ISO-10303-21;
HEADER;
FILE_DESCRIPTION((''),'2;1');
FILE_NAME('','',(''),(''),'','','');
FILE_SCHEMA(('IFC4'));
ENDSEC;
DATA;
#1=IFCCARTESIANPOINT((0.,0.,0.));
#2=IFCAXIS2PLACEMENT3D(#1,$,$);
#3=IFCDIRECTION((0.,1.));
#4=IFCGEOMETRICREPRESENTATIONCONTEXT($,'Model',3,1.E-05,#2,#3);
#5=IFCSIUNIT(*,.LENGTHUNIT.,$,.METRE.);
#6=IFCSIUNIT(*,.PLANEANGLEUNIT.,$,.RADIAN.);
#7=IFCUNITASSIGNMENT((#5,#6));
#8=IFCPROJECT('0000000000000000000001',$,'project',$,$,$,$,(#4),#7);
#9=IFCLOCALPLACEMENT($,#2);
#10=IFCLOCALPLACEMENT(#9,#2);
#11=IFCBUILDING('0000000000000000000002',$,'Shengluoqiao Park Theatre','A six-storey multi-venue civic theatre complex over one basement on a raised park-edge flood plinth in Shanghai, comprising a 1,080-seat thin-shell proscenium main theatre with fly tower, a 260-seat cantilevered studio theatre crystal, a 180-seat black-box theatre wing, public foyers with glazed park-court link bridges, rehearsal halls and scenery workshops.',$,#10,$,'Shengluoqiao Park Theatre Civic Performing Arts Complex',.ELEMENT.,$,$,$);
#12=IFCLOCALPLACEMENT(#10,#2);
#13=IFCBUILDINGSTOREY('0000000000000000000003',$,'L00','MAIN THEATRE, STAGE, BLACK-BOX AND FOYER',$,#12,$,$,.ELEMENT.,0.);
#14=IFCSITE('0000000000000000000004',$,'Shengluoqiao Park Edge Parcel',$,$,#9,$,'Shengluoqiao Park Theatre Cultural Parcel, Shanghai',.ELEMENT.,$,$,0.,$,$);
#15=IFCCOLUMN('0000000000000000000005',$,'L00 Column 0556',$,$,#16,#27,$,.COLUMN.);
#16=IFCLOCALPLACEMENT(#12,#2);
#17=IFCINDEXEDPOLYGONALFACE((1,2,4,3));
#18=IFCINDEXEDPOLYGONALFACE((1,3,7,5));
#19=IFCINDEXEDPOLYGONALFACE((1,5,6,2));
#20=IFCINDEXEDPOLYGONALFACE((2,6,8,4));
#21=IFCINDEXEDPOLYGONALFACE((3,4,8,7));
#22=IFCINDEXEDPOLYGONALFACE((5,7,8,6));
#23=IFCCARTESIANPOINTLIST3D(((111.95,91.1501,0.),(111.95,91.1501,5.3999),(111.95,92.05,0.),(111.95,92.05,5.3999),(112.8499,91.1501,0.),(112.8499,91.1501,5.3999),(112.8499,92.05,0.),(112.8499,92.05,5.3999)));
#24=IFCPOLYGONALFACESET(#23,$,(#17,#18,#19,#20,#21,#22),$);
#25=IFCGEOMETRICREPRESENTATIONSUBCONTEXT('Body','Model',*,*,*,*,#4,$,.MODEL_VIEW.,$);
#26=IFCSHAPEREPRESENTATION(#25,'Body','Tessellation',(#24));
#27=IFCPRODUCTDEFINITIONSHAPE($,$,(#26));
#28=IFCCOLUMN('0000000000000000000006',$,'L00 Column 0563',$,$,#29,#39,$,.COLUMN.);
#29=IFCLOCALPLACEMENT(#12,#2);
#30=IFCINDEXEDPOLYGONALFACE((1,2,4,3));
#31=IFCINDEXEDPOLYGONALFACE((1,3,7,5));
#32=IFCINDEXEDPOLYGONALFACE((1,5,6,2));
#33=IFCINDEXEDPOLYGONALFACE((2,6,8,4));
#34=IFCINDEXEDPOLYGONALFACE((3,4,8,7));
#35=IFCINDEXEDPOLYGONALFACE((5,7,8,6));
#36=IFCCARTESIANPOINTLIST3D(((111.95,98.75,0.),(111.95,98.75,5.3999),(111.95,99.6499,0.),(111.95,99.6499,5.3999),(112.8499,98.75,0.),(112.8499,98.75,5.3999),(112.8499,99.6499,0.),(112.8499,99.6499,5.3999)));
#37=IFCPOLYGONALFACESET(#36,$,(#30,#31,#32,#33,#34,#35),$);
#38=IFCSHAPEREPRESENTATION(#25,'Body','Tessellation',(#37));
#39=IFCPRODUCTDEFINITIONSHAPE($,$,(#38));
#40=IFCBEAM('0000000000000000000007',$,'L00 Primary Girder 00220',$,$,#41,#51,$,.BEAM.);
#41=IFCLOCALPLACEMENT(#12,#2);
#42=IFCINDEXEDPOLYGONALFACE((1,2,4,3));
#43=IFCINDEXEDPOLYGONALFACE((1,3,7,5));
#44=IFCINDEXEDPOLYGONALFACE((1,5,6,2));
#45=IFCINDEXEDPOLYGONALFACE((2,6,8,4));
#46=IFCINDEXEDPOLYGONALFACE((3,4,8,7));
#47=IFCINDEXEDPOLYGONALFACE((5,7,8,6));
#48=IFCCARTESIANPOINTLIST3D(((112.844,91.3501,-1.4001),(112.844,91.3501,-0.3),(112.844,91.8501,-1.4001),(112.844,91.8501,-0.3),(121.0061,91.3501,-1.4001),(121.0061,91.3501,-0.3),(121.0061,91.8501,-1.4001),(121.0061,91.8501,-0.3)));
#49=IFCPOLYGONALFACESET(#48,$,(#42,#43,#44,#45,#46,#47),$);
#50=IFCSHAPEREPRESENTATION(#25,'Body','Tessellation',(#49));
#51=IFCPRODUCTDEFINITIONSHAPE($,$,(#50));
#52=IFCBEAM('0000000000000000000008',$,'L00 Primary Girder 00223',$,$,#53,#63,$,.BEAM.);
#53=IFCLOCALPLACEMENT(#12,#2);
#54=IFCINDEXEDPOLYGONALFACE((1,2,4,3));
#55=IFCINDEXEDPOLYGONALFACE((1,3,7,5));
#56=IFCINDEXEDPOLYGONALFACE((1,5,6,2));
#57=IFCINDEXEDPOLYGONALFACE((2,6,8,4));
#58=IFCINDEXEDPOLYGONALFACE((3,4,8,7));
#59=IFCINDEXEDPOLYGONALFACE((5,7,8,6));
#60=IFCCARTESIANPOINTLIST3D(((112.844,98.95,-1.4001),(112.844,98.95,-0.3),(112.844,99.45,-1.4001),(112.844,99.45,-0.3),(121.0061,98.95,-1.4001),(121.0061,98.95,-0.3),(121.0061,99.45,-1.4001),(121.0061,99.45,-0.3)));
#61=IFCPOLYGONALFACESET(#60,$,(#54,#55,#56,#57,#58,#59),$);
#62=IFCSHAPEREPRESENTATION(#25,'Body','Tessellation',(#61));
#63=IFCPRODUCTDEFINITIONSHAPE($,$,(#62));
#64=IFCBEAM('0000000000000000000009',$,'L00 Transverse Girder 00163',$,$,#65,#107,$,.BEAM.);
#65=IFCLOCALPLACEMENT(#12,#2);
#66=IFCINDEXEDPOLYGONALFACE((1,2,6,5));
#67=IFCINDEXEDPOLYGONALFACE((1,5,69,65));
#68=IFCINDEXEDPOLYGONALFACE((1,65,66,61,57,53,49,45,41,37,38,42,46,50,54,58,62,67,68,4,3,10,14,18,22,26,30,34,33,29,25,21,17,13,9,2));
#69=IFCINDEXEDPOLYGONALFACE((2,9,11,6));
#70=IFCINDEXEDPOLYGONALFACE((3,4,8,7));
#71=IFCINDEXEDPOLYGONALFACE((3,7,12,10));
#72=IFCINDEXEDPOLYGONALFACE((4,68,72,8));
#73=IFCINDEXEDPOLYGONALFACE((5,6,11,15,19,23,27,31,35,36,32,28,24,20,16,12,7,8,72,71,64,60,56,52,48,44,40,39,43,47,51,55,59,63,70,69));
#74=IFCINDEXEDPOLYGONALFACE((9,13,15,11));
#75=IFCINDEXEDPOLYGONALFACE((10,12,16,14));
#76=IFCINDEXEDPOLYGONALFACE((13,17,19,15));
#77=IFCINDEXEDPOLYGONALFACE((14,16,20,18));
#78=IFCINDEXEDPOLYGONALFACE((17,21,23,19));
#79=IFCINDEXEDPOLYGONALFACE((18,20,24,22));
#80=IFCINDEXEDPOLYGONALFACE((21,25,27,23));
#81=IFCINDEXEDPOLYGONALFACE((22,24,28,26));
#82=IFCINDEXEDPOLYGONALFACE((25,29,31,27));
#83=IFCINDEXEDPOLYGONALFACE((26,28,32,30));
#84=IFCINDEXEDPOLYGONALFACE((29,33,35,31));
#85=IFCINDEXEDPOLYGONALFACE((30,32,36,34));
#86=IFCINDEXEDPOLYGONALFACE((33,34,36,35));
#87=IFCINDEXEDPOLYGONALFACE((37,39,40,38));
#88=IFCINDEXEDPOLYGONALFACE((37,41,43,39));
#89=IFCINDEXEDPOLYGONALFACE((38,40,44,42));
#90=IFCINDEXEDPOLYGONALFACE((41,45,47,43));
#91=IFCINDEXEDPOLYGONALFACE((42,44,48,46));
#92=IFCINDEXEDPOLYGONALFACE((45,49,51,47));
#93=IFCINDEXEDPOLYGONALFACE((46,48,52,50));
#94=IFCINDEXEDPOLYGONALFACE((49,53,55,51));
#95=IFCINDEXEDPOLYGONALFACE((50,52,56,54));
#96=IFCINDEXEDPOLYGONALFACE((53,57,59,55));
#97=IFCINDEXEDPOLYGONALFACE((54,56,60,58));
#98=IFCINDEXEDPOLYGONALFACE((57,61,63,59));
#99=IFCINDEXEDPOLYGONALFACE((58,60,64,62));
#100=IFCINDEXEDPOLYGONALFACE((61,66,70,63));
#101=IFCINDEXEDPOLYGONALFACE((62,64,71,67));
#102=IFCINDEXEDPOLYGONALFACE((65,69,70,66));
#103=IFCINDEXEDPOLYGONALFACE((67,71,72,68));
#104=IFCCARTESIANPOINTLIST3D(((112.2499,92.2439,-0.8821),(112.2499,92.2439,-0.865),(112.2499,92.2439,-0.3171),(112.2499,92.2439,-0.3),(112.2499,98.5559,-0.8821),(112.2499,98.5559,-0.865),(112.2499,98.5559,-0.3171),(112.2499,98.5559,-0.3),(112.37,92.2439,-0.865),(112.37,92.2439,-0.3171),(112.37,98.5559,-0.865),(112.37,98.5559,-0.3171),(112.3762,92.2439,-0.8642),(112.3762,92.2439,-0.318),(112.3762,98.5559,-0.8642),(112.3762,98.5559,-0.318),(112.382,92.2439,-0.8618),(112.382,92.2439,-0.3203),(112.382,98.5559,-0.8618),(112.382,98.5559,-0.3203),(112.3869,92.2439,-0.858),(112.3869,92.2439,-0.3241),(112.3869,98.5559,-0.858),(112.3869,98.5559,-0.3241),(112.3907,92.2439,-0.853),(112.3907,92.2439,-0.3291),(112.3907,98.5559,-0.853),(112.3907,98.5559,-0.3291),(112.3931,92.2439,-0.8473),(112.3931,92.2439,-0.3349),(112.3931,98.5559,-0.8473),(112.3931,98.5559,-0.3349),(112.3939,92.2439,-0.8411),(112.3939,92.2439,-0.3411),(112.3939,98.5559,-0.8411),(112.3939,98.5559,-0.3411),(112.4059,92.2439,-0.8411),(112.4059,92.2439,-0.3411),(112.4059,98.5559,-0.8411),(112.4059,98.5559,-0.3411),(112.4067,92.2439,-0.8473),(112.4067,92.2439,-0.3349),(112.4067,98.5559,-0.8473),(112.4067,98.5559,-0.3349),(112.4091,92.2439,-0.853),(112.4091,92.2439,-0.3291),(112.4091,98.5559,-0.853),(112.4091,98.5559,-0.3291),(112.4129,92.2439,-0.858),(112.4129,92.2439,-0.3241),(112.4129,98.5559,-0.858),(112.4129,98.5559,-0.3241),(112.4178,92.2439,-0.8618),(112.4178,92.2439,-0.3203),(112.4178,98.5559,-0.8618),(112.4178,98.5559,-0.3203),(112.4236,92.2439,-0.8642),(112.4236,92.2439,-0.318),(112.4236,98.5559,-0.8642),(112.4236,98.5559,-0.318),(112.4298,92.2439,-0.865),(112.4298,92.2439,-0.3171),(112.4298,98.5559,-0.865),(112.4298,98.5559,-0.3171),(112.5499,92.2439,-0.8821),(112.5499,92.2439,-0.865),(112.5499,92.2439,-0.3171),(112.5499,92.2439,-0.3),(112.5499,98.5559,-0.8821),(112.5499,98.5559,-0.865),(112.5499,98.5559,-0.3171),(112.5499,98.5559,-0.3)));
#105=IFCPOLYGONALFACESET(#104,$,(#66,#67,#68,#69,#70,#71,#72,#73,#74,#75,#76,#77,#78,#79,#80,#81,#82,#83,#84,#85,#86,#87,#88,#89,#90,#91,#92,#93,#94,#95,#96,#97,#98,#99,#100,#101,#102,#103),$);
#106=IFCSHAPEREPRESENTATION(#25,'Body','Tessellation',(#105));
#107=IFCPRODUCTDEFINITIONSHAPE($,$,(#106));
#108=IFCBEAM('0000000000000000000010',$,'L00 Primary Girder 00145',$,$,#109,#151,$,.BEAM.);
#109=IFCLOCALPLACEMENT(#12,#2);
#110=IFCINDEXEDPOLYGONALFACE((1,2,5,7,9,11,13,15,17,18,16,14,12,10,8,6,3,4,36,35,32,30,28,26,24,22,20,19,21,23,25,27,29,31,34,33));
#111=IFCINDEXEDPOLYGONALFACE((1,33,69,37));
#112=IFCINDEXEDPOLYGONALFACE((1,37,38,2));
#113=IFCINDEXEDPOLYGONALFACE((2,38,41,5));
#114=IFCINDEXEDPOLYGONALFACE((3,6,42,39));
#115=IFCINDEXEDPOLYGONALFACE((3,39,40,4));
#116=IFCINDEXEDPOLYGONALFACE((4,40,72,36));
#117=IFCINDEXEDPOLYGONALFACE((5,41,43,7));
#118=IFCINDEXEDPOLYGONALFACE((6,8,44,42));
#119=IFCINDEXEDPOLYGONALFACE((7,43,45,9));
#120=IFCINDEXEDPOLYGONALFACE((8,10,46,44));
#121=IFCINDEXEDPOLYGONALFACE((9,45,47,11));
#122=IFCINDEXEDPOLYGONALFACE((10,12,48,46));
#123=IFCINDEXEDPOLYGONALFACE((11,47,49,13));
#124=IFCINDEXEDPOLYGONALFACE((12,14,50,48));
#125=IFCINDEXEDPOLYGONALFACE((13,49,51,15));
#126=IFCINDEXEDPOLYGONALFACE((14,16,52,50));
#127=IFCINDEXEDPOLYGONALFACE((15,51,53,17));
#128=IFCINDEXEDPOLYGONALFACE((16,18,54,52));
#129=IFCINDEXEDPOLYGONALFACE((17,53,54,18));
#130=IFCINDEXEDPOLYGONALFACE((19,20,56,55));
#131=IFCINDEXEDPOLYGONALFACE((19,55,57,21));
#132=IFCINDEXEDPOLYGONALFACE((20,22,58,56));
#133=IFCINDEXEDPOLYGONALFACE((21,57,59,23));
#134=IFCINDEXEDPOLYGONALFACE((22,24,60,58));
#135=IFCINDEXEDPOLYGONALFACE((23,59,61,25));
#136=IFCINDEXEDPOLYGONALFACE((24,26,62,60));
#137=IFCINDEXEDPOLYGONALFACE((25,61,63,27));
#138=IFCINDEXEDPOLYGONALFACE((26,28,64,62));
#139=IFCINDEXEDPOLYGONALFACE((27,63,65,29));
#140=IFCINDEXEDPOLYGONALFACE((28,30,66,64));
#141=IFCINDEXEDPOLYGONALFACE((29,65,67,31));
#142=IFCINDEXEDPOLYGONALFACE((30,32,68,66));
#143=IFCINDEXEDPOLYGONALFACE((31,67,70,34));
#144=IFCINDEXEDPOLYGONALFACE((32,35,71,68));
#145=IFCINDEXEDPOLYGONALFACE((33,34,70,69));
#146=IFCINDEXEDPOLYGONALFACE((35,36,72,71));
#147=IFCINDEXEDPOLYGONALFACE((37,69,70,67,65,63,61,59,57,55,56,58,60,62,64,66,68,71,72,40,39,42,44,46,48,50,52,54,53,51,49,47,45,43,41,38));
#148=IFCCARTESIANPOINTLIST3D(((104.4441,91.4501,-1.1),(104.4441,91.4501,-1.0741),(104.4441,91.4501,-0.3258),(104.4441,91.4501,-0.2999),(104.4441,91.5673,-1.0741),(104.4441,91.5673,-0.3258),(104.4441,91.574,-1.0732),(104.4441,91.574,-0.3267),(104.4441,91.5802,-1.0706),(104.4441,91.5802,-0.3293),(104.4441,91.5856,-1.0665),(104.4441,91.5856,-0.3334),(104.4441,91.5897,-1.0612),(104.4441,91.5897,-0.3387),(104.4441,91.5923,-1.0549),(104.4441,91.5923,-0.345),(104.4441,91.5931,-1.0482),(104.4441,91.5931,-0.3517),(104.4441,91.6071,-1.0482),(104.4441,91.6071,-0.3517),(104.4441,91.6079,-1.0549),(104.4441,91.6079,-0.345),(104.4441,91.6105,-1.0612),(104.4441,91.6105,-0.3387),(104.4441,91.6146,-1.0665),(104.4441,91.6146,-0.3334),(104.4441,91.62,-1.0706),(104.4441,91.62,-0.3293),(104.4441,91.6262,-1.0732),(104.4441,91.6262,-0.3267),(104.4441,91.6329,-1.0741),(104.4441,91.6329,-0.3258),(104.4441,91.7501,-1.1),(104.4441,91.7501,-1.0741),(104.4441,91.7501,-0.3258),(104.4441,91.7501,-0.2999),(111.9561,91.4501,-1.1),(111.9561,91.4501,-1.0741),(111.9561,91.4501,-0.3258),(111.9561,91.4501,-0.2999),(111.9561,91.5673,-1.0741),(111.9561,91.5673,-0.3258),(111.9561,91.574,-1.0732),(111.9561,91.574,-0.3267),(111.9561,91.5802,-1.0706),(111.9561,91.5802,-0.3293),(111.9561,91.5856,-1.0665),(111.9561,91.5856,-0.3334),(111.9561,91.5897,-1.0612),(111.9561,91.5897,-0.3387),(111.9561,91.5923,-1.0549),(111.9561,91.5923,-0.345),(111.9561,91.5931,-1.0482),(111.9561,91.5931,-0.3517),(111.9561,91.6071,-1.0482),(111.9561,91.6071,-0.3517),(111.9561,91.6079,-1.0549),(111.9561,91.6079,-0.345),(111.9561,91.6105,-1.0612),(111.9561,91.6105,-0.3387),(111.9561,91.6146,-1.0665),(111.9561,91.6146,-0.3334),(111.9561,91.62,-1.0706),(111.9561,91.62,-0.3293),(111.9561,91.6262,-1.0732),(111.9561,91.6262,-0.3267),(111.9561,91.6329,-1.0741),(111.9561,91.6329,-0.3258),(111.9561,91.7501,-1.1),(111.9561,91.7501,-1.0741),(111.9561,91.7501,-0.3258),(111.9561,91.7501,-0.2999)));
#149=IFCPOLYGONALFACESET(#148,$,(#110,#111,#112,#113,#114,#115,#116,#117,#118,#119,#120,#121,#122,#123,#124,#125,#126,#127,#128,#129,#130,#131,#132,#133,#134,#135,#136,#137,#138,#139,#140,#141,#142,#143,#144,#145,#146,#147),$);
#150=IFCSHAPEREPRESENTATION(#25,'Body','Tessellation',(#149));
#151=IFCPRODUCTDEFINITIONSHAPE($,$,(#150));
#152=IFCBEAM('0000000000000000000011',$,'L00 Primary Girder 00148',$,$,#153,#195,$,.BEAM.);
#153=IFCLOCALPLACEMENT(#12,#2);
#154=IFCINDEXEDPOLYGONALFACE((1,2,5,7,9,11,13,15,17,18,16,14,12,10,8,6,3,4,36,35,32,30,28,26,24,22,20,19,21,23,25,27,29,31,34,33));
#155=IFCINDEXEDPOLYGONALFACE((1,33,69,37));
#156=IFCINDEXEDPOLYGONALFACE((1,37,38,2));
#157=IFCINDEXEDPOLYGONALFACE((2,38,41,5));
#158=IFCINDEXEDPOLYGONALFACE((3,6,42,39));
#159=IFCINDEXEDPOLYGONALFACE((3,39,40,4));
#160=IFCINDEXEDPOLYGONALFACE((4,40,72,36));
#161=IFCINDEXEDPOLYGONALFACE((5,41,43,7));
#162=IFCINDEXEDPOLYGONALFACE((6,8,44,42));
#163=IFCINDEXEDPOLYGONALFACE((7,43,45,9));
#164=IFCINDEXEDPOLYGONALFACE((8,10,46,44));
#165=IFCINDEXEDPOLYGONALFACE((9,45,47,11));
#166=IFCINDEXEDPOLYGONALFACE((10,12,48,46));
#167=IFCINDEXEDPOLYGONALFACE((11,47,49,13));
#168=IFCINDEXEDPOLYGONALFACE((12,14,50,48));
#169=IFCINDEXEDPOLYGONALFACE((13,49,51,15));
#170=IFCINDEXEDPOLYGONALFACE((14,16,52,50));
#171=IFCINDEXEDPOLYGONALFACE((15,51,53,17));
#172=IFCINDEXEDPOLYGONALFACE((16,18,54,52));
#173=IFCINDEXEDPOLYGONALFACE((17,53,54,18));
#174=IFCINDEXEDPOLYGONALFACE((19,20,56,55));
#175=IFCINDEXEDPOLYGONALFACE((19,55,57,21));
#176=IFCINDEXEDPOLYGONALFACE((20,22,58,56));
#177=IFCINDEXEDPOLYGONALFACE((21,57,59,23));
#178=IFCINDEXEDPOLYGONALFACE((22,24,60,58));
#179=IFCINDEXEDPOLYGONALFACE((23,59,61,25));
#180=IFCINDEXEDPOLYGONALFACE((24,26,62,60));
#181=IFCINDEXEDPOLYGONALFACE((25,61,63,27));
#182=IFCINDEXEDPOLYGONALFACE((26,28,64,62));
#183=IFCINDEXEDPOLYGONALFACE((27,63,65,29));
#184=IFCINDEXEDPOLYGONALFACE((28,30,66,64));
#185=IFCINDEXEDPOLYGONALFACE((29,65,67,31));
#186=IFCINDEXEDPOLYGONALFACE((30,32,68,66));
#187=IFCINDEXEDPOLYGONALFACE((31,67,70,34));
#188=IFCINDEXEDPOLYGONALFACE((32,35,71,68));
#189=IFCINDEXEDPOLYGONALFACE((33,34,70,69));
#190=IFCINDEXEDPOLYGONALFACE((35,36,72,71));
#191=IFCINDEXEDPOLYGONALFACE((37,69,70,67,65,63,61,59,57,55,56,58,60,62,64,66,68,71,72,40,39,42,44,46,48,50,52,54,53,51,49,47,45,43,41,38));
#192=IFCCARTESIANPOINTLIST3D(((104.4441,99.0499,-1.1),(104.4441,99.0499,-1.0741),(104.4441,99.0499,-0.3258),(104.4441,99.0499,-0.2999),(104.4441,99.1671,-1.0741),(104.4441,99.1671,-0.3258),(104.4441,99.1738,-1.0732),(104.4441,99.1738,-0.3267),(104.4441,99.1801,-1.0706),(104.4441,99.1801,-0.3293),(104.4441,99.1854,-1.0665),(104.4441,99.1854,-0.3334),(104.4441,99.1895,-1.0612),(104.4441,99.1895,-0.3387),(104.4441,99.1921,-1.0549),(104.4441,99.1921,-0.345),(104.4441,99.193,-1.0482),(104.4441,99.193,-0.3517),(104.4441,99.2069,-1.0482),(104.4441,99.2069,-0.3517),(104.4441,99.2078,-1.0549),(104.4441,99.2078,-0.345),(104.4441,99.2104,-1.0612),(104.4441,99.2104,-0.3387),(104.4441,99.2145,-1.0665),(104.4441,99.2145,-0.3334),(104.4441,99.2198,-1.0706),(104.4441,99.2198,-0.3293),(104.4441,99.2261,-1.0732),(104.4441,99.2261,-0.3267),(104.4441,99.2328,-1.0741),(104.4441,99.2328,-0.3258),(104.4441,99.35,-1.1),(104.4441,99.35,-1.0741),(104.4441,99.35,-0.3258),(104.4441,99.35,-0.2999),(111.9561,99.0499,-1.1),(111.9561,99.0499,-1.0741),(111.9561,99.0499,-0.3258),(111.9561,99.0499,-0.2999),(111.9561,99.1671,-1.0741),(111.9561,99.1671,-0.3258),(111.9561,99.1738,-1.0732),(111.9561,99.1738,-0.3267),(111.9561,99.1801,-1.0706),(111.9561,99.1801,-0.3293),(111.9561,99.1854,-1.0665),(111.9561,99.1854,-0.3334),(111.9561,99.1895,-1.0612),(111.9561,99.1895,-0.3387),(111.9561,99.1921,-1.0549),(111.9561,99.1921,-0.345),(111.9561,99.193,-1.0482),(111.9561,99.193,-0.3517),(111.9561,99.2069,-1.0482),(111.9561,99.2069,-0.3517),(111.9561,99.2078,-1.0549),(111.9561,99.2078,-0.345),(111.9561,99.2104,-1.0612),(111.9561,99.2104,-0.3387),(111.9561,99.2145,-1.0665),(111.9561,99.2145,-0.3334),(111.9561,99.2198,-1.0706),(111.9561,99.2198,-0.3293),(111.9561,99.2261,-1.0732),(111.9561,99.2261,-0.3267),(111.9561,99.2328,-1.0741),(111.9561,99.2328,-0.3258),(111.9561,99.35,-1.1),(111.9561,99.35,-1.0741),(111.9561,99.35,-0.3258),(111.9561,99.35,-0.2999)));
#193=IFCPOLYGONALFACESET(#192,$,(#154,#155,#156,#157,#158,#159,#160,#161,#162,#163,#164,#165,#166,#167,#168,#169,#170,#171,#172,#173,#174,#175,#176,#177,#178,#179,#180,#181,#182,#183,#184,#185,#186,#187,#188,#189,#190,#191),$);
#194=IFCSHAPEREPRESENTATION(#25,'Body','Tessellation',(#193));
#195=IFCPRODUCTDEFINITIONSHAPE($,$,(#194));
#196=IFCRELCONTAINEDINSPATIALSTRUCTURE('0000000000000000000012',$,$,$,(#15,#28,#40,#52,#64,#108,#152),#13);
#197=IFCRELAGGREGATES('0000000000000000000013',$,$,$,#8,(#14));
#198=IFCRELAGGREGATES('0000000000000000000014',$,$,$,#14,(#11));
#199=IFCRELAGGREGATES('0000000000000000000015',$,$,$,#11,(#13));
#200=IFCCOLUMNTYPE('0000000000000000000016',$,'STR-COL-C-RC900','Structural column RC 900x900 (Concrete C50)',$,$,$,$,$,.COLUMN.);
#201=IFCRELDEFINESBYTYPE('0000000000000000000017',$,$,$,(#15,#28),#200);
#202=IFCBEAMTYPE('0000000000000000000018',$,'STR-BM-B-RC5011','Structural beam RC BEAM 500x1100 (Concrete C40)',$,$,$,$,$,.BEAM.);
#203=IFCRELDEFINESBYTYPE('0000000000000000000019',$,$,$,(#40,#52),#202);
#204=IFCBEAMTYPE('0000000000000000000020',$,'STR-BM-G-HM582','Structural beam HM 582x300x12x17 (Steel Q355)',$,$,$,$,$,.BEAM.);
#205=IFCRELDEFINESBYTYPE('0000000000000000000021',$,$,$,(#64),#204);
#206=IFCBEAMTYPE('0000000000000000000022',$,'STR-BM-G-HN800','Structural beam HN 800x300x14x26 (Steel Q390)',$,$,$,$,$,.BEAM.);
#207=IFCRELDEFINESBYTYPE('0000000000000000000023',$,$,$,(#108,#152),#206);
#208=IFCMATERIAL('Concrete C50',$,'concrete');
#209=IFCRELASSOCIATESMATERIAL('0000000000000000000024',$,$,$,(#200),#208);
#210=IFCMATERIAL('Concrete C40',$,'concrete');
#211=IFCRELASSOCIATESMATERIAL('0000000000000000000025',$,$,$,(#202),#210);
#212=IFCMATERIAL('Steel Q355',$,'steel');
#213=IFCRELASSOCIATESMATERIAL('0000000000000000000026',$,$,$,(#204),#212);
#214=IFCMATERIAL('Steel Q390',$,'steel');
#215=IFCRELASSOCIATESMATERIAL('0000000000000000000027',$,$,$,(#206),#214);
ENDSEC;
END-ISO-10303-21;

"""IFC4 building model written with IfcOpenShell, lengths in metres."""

from ifc_helpers import new_model, si_unit, direction, frame, origin, origin_2d, place, context, subcontext, project, spatial, rectangle, i_section, extrude, material, material_profile, profile_set, type_object, element, save


model = new_model("IFC4")

# Units and contexts
model_context = context("Model", 3, precision=1e-05, world=origin(), true_north=direction((0.0, 1.0)))
body_context = subcontext(model_context, "Body", "Model", "MODEL_VIEW")
ifc_project = project(units=[si_unit("LENGTHUNIT", "METRE"), si_unit("PLANEANGLEUNIT", "RADIAN")], contexts=[model_context])

# Site, building, storey
site_placement = place(None, origin())
site = spatial("IfcSite", under=ifc_project, at=site_placement, Name="Shengluoqiao Park Edge Parcel", LongName="Shengluoqiao Park Theatre Cultural Parcel, Shanghai", CompositionType="ELEMENT", RefElevation=0.0)
building_placement = place(site_placement, origin())
building = spatial("IfcBuilding", under=site, at=building_placement, Name="Shengluoqiao Park Theatre", Description="A six-storey multi-venue civic theatre complex over one basement on a raised park-edge flood plinth in Shanghai, comprising a 1,080-seat thin-shell proscenium main theatre with fly tower, a 260-seat cantilevered studio theatre crystal, a 180-seat black-box theatre wing, public foyers with glazed park-court link bridges, rehearsal halls and scenery workshops.", LongName="Shengluoqiao Park Theatre Civic Performing Arts Complex", CompositionType="ELEMENT")
storey_placement = place(building_placement, origin())
storey = spatial("IfcBuildingStorey", under=building, at=storey_placement, Name="L00", Description="MAIN THEATRE, STAGE, BLACK-BOX AND FOYER", CompositionType="ELEMENT", Elevation=0.0)

# Columns
ifc_material_1 = material(Name="Concrete C50", Category="concrete")
ifc_material_profile_1 = material_profile(ifc_material_1, rectangle(XDim=0.8999, YDim=0.8999, at=origin_2d()), Name="RC 900x900")
ifc_profile_set_1 = profile_set([ifc_material_profile_1], Name="Concrete C50")
column_type = type_object("IfcColumnType", Name="STR-COL-C-RC900", Description="Structural column RC 900x900 (Concrete C50)", PredefinedType="COLUMN", material=ifc_profile_set_1)
for number, where, z_axis, x_axis, name in (
    (1, (112.3999, 91.6001, 0.0), (0.0, 0.0, 1.0), (1.0, 0.0, 0.0), "L00 Column 0556"),
    (2, (112.3999, 99.2, 0.0), (0.0, 0.0, 1.0), (1.0, 0.0, 0.0), "L00 Column 0563"),
):
    element("IfcColumn", number, at=place(storey_placement, frame(where, z_axis=z_axis, x_axis=x_axis)), inside=storey, type_object=column_type, Name=name, PredefinedType="COLUMN", context=body_context, shape_type="SweptSolid", body=[
        extrude(rectangle(XDim=0.8999, YDim=0.8999, at=origin_2d()), origin(), (0.0, 0.0, 1.0), 5.3999),
    ])

# Beams
ifc_material_2 = material(Name="Concrete C40", Category="concrete")
ifc_material_profile_2 = material_profile(ifc_material_2, rectangle(XDim=0.5, YDim=1.1001, at=origin_2d()), Name="RC BEAM 500x1100")
ifc_profile_set_2 = profile_set([ifc_material_profile_2], Name="Concrete C40")
beam_type_1 = type_object("IfcBeamType", Name="STR-BM-B-RC5011", Description="Structural beam RC BEAM 500x1100 (Concrete C40)", PredefinedType="BEAM", material=ifc_profile_set_2)
for number, where, z_axis, x_axis, name in (
    (3, (112.844, 91.6001, -0.8501), (1.0, 0.0, 0.0), (0.0, 1.0, 0.0), "L00 Primary Girder 00220"),
    (4, (112.844, 99.2, -0.8501), (1.0, 0.0, 0.0), (0.0, 1.0, 0.0), "L00 Primary Girder 00223"),
):
    element("IfcBeam", number, at=place(storey_placement, frame(where, z_axis=z_axis, x_axis=x_axis)), inside=storey, type_object=beam_type_1, Name=name, PredefinedType="BEAM", context=body_context, shape_type="SweptSolid", body=[
        extrude(rectangle(XDim=0.5, YDim=1.1001, at=origin_2d()), origin(), (0.0, 0.0, 1.0), 8.1621),
    ])
ifc_material_3 = material(Name="Steel Q355", Category="steel")
ifc_material_profile_3 = material_profile(ifc_material_3, i_section(OverallWidth=0.3, OverallDepth=0.582, WebThickness=0.012, FlangeThickness=0.0171, FilletRadius=0.0239, at=origin_2d()), Name="HM 582x300x12x17")
ifc_profile_set_3 = profile_set([ifc_material_profile_3], Name="Steel Q355")
beam_type_2 = type_object("IfcBeamType", Name="STR-BM-G-HM582", Description="Structural beam HM 582x300x12x17 (Steel Q355)", PredefinedType="BEAM", material=ifc_profile_set_3)
beam_1_placement = place(storey_placement, frame((112.3999, 92.2439, -0.5911), z_axis=(0.0, 1.0, 0.0), x_axis=(-1.0, 0.0, 0.0)))
element("IfcBeam", 5, at=beam_1_placement, inside=storey, type_object=beam_type_2, Name="L00 Transverse Girder 00163", PredefinedType="BEAM", context=body_context, shape_type="SweptSolid", body=[
    extrude(i_section(OverallWidth=0.3, OverallDepth=0.582, WebThickness=0.012, FlangeThickness=0.0171, FilletRadius=0.0239, at=origin_2d()), origin(), (0.0, 0.0, 1.0), 6.312),
])
ifc_material_4 = material(Name="Steel Q390", Category="steel")
ifc_material_profile_4 = material_profile(ifc_material_4, i_section(OverallWidth=0.3, OverallDepth=0.8, WebThickness=0.0139, FlangeThickness=0.0259, FilletRadius=0.0259, at=origin_2d()), Name="HN 800x300x14x26")
ifc_profile_set_4 = profile_set([ifc_material_profile_4], Name="Steel Q390")
beam_type_3 = type_object("IfcBeamType", Name="STR-BM-G-HN800", Description="Structural beam HN 800x300x14x26 (Steel Q390)", PredefinedType="BEAM", material=ifc_profile_set_4)
for number, where, z_axis, x_axis, name in (
    (6, (104.4441, 91.6001, -0.7), (1.0, 0.0, 0.0), (0.0, 1.0, 0.0), "L00 Primary Girder 00145"),
    (7, (104.4441, 99.2, -0.7), (1.0, 0.0, 0.0), (0.0, 1.0, 0.0), "L00 Primary Girder 00148"),
):
    element("IfcBeam", number, at=place(storey_placement, frame(where, z_axis=z_axis, x_axis=x_axis)), inside=storey, type_object=beam_type_3, Name=name, PredefinedType="BEAM", context=body_context, shape_type="SweptSolid", body=[
        extrude(i_section(OverallWidth=0.3, OverallDepth=0.8, WebThickness=0.0139, FlangeThickness=0.0259, FilletRadius=0.0259, at=origin_2d()), origin(), (0.0, 0.0, 1.0), 7.512),
    ])

save(model, "model.ifc")
